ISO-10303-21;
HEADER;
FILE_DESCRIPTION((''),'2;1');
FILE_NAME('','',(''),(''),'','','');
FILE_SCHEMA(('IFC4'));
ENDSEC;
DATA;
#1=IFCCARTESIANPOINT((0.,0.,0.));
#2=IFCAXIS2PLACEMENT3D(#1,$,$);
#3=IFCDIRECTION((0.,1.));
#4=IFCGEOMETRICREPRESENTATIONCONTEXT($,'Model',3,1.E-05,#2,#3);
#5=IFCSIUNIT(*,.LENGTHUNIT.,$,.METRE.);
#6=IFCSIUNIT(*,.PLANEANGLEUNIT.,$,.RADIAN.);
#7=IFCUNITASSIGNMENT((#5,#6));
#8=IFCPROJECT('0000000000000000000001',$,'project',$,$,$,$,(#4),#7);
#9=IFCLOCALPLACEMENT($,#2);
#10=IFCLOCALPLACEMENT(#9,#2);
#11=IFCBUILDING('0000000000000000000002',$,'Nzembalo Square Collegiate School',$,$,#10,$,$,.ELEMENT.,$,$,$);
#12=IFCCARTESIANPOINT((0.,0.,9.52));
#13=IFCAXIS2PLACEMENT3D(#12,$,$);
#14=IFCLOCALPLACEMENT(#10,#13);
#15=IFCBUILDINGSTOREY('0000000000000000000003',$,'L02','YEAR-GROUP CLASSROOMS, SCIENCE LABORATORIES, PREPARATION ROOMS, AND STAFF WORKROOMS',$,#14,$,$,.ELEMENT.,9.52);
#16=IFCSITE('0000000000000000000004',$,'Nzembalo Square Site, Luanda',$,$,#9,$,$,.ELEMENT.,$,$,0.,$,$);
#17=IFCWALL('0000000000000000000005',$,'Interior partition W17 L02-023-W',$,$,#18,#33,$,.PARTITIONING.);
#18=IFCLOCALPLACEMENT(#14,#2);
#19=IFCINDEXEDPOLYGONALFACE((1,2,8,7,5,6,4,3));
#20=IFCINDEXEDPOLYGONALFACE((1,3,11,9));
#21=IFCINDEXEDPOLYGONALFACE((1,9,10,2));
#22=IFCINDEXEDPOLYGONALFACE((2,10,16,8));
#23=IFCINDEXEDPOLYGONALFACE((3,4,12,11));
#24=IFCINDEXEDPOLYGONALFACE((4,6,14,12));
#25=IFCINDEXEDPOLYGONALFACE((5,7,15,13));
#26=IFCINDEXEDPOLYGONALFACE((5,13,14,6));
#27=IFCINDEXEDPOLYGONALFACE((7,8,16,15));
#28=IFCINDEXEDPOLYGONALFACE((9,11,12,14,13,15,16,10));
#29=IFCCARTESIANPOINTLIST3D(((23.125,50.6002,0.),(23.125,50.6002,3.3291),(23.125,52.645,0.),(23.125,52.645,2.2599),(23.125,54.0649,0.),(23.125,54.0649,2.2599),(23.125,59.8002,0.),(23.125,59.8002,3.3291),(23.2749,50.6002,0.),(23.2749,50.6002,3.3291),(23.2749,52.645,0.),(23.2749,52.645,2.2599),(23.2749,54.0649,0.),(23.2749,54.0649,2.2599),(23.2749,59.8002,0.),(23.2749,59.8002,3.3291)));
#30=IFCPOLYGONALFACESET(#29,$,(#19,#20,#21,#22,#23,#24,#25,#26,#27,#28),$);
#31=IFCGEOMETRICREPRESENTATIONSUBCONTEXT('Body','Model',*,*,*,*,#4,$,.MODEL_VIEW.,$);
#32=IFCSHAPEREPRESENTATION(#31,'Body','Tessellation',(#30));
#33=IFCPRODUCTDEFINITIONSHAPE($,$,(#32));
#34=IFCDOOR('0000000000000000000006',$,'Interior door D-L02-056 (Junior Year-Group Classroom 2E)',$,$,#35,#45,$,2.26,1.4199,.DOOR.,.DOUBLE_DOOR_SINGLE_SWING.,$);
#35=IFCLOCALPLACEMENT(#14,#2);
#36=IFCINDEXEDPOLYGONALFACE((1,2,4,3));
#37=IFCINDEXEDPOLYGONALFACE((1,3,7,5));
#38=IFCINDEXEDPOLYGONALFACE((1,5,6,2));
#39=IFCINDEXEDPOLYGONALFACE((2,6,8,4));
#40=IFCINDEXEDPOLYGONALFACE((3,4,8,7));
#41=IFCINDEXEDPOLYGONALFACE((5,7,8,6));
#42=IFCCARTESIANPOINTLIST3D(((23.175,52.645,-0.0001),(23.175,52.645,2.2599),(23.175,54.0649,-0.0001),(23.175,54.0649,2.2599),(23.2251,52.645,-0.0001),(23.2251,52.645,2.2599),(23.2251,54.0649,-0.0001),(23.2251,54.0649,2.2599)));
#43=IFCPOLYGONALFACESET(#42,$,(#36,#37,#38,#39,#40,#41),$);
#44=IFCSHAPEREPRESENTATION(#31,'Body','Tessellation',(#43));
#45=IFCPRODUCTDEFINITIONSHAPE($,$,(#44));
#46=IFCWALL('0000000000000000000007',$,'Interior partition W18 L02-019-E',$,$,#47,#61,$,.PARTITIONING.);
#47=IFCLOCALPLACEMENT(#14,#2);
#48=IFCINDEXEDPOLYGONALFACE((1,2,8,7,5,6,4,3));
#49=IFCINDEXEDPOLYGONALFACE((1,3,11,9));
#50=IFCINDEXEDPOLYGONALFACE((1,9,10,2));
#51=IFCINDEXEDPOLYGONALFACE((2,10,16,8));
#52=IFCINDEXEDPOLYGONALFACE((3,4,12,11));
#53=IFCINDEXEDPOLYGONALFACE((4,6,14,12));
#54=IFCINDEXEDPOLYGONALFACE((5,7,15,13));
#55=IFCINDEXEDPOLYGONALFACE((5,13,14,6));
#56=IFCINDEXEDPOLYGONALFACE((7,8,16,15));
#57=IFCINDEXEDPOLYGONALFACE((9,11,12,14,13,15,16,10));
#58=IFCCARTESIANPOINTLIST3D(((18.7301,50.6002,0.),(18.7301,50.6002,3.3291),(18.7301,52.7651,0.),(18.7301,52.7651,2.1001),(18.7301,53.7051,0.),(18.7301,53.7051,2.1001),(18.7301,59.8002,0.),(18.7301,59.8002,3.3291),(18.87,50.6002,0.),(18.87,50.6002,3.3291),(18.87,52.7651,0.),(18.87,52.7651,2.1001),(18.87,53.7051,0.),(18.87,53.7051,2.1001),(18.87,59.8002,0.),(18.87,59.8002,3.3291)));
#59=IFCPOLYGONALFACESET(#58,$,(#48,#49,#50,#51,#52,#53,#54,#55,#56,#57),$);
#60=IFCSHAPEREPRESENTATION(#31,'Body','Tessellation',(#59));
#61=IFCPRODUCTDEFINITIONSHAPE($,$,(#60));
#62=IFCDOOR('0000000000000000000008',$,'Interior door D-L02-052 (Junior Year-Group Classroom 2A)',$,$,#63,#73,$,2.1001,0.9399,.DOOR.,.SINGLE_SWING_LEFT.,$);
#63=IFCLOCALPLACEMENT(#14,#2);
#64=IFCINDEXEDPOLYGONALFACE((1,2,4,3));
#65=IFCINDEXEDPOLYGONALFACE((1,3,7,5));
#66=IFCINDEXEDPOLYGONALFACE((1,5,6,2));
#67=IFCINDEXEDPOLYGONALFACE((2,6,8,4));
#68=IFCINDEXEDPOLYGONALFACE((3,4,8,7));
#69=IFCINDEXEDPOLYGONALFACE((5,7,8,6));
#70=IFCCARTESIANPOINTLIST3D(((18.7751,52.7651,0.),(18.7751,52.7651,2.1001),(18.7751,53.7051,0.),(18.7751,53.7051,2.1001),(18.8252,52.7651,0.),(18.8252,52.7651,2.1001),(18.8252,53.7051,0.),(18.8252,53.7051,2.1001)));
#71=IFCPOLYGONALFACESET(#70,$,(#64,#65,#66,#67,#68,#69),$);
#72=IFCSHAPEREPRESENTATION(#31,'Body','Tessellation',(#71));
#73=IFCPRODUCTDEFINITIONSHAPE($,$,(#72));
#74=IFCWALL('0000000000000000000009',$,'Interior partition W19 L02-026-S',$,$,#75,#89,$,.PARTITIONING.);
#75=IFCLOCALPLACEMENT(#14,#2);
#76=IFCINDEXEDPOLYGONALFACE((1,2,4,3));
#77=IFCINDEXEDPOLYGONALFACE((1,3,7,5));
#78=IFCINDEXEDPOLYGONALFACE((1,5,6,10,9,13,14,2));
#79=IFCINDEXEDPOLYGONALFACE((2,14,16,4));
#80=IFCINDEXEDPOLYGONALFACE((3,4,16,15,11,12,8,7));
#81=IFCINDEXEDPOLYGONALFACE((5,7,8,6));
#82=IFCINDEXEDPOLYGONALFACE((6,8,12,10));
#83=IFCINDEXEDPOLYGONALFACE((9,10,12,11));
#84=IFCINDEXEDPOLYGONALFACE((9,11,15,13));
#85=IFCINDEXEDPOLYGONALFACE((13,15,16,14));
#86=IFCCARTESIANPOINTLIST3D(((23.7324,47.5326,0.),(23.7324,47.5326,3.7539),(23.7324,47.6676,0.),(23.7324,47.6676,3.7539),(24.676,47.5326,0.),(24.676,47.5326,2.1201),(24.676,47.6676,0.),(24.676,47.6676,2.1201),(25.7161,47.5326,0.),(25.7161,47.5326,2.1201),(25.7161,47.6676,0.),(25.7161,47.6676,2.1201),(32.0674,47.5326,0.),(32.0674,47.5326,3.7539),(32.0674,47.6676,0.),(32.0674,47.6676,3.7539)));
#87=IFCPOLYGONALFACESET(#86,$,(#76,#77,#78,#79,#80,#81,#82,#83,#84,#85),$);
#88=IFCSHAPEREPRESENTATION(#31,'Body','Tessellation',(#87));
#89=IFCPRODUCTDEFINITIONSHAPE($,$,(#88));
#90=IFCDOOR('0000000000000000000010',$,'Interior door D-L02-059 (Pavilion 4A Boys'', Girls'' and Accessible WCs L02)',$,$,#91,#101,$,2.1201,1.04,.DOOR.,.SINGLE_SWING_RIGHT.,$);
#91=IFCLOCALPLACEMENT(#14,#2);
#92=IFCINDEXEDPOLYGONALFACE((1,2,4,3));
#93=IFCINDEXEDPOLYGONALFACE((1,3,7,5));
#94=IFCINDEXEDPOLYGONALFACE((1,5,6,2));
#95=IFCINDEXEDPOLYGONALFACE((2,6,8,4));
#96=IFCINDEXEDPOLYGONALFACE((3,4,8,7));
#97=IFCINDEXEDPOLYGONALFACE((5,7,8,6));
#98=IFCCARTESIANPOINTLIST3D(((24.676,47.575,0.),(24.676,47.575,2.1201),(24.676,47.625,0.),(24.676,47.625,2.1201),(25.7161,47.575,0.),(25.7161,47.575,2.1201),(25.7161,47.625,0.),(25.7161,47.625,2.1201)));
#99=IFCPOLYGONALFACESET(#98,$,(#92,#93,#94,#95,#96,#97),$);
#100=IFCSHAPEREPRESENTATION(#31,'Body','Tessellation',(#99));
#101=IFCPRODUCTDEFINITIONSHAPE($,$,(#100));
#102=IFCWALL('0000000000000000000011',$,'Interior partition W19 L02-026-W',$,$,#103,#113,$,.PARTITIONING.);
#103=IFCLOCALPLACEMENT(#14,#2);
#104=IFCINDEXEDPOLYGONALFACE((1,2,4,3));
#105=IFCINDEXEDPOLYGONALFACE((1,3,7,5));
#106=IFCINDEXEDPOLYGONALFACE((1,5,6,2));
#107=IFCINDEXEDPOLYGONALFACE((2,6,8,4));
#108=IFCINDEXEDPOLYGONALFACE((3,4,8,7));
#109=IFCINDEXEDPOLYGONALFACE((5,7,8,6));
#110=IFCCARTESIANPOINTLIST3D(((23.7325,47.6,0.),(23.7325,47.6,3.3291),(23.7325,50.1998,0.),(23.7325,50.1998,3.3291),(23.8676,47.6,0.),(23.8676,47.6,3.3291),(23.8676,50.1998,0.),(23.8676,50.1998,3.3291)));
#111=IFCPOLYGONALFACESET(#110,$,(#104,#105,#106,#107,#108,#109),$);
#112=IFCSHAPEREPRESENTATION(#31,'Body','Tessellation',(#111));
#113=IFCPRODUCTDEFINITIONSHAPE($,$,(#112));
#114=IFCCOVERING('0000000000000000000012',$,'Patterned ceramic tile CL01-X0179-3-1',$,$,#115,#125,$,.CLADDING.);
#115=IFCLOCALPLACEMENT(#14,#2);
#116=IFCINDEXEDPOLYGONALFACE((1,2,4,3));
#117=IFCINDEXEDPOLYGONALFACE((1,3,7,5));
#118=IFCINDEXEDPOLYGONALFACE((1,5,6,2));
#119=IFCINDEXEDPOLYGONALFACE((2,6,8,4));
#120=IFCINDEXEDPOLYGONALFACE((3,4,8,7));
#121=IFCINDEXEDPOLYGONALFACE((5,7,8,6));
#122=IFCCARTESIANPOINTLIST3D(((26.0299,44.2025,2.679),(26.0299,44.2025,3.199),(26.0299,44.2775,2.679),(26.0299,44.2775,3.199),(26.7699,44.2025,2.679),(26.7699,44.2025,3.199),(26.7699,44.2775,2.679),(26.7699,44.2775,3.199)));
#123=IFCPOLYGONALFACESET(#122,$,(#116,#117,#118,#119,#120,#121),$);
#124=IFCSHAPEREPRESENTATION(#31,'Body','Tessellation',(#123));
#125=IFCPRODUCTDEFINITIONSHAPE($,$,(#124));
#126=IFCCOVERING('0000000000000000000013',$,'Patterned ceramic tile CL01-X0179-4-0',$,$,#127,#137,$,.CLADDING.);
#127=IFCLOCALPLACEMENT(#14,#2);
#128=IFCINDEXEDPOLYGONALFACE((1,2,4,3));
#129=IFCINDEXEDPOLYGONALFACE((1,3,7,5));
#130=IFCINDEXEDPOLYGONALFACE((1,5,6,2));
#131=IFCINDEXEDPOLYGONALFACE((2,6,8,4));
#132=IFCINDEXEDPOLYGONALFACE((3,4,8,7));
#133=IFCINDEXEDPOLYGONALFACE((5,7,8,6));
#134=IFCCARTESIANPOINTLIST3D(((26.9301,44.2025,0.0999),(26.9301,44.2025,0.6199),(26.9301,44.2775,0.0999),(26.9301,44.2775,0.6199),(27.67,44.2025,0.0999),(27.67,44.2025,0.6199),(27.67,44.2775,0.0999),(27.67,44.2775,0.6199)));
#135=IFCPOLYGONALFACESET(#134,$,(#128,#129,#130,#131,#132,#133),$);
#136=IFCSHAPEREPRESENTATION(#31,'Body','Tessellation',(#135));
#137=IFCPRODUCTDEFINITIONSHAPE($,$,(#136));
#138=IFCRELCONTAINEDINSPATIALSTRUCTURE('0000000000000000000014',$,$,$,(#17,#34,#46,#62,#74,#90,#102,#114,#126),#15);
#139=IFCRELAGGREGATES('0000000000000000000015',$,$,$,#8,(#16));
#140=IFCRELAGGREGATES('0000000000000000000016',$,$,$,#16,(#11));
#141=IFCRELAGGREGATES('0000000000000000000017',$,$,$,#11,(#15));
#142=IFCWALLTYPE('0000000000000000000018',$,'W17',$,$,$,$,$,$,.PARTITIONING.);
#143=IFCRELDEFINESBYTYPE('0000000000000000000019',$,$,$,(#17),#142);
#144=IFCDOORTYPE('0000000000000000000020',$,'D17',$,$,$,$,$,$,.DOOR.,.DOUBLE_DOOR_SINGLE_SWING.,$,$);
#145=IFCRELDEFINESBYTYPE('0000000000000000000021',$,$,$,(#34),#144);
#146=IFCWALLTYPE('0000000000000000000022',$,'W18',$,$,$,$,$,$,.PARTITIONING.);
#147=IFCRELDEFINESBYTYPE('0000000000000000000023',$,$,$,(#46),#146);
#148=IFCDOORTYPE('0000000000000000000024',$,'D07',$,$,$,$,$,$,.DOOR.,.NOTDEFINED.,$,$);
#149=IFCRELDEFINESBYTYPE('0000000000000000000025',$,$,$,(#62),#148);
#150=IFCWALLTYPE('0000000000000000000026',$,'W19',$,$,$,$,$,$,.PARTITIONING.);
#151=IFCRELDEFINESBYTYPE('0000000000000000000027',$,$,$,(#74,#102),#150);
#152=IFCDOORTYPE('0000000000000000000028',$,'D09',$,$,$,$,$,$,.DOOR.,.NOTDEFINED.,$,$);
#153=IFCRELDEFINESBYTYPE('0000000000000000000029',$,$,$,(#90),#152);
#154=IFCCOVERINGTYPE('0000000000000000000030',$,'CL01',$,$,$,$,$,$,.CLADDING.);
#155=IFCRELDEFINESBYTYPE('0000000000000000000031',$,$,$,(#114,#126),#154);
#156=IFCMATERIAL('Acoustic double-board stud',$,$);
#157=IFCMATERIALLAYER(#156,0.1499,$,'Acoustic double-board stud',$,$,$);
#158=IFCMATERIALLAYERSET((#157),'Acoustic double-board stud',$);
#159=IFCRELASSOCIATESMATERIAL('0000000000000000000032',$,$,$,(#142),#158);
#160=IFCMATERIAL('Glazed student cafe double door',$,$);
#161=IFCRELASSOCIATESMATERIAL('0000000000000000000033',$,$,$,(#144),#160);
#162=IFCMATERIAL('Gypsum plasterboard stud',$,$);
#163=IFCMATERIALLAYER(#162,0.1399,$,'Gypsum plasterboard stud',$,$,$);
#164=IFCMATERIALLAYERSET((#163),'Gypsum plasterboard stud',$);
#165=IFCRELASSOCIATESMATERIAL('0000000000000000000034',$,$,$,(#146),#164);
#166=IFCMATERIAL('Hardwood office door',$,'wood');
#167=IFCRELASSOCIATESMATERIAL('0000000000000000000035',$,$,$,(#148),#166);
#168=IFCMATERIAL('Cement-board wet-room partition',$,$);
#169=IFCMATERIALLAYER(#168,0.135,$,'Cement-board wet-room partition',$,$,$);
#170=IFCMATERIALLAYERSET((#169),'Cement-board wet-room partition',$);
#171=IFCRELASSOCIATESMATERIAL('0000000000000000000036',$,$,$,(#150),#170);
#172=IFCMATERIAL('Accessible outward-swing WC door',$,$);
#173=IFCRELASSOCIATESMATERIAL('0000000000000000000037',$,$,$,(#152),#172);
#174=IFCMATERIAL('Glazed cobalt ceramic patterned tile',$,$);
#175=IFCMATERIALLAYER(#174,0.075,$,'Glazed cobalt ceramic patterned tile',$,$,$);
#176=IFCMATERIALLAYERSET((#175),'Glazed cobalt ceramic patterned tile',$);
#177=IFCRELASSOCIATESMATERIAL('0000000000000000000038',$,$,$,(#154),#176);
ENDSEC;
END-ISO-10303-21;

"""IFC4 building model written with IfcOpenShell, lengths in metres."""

from ifc_helpers import new_model, si_unit, direction, frame, frame_2d, origin, origin_2d, place, context, subcontext, project, spatial, rectangle, extrude, material, layer, layer_set, type_object, element, fill, save


model = new_model("IFC4")

# Units and contexts
model_context = context("Model", 3, precision=1e-05, world=origin(), true_north=direction((0.0, 1.0)))
body_context = subcontext(model_context, "Body", "Model", "MODEL_VIEW")
ifc_project = project(units=[si_unit("LENGTHUNIT", "METRE"), si_unit("PLANEANGLEUNIT", "RADIAN")], contexts=[model_context])

# Site, building, storey
site_placement = place(None, origin())
site = spatial("IfcSite", under=ifc_project, at=site_placement, Name="Nzembalo Square Site, Luanda", CompositionType="ELEMENT", RefElevation=0.0)
building_placement = place(site_placement, origin())
building = spatial("IfcBuilding", under=site, at=building_placement, Name="Nzembalo Square Collegiate School", CompositionType="ELEMENT")
storey_placement = place(building_placement, frame((0.0, 0.0, 9.52)))
storey = spatial("IfcBuildingStorey", under=building, at=storey_placement, Name="L02", Description="YEAR-GROUP CLASSROOMS, SCIENCE LABORATORIES, PREPARATION ROOMS, AND STAFF WORKROOMS", CompositionType="ELEMENT", Elevation=9.52)

# Shared definitions
ifc_material_1 = material(Name="Acoustic double-board stud")
ifc_layer_1 = layer(ifc_material_1, 0.1499, Name="Acoustic double-board stud")
ifc_layer_set_1 = layer_set([ifc_layer_1], Name="Acoustic double-board stud")
wall_type_1 = type_object("IfcWallType", Name="W17", PredefinedType="PARTITIONING", material=ifc_layer_set_1)

# Walls, openings, doors
wall_1_placement = place(storey_placement, frame((23.2, 50.6001, 0.0), z_axis=(0.0, 0.0, 1.0), x_axis=(0.0, 1.0, 0.0)))
wall_1 = element("IfcWall", 1, at=wall_1_placement, inside=storey, type_object=wall_type_1, Name="Interior partition W17 L02-023-W", PredefinedType="PARTITIONING", context=body_context, shape_type="SweptSolid", body=[
    extrude(rectangle(XDim=9.2, YDim=0.1499, at=frame_2d((4.6001, 0.0))), origin(), (0.0, 0.0, 1.0), 3.3291),
])
opening_1_placement = place(wall_1_placement, frame((2.0449, 0.0, 0.0)))
opening_1 = element("IfcOpeningElement", 2, at=opening_1_placement, cuts=wall_1, PredefinedType="OPENING", context=body_context, shape_type="SweptSolid", body=[
    extrude(rectangle(XDim=1.4199, YDim=2.26, at=frame_2d((0.71, 1.1299))), frame((0.0, 0.085, 0.0), z_axis=(0.0, -1.0, 0.0), x_axis=(1.0, 0.0, 0.0)), (0.0, 0.0, 1.0), 0.1699),
])
ifc_material_2 = material(Name="Glazed student cafe double door")
door_type_1 = type_object("IfcDoorType", Name="D17", OperationType="DOUBLE_DOOR_SINGLE_SWING", PredefinedType="DOOR", material=ifc_material_2)
door_1_placement = place(opening_1_placement, origin())
door_1 = element("IfcDoor", 3, at=door_1_placement, inside=storey, type_object=door_type_1, Name="Interior door D-L02-056 (Junior Year-Group Classroom 2E)", OperationType="DOUBLE_DOOR_SINGLE_SWING", OverallHeight=2.26, OverallWidth=1.4199, PredefinedType="DOOR", context=body_context, shape_type="SweptSolid", body=[
    extrude(rectangle(XDim=1.4199, YDim=2.26, at=frame_2d((0.71, 1.1299))), frame((0.0, 0.0249, 0.0), z_axis=(0.0, -1.0, 0.0), x_axis=(1.0, 0.0, 0.0)), (0.0, 0.0, 1.0), 0.05),
])
fill(opening_1, door_1)
ifc_material_3 = material(Name="Gypsum plasterboard stud")
ifc_layer_2 = layer(ifc_material_3, 0.1399, Name="Gypsum plasterboard stud")
ifc_layer_set_2 = layer_set([ifc_layer_2], Name="Gypsum plasterboard stud")
wall_type_2 = type_object("IfcWallType", Name="W18", PredefinedType="PARTITIONING", material=ifc_layer_set_2)
wall_2_placement = place(storey_placement, frame((18.8, 50.6001, 0.0), z_axis=(0.0, 0.0, 1.0), x_axis=(0.0, 1.0, 0.0)))
wall_2 = element("IfcWall", 4, at=wall_2_placement, inside=storey, type_object=wall_type_2, Name="Interior partition W18 L02-019-E", PredefinedType="PARTITIONING", context=body_context, shape_type="SweptSolid", body=[
    extrude(rectangle(XDim=9.2, YDim=0.1399, at=frame_2d((4.6001, 0.0))), origin(), (0.0, 0.0, 1.0), 3.3291),
])
opening_2_placement = place(wall_2_placement, frame((2.165, 0.0, 0.0)))
opening_2 = element("IfcOpeningElement", 5, at=opening_2_placement, cuts=wall_2, PredefinedType="OPENING", context=body_context, shape_type="SweptSolid", body=[
    extrude(rectangle(XDim=0.9399, YDim=2.1001, at=frame_2d((0.47, 1.05))), frame((0.0, 0.0801, 0.0), z_axis=(0.0, -1.0, 0.0), x_axis=(1.0, 0.0, 0.0)), (0.0, 0.0, 1.0), 0.1599),
])
ifc_material_4 = material(Name="Hardwood office door", Category="wood")
door_type_2 = type_object("IfcDoorType", Name="D07", OperationType="NOTDEFINED", PredefinedType="DOOR", material=ifc_material_4)
door_2_placement = place(opening_2_placement, origin())
door_2 = element("IfcDoor", 6, at=door_2_placement, inside=storey, type_object=door_type_2, Name="Interior door D-L02-052 (Junior Year-Group Classroom 2A)", OperationType="SINGLE_SWING_LEFT", OverallHeight=2.1001, OverallWidth=0.9399, PredefinedType="DOOR", context=body_context, shape_type="SweptSolid", body=[
    extrude(rectangle(XDim=0.9399, YDim=2.1001, at=frame_2d((0.47, 1.05))), frame((0.0, 0.0249, 0.0), z_axis=(0.0, -1.0, 0.0), x_axis=(1.0, 0.0, 0.0)), (0.0, 0.0, 1.0), 0.05),
])
fill(opening_2, door_2)
ifc_material_5 = material(Name="Cement-board wet-room partition")
ifc_layer_3 = layer(ifc_material_5, 0.135, Name="Cement-board wet-room partition")
ifc_layer_set_3 = layer_set([ifc_layer_3], Name="Cement-board wet-room partition")
wall_type_3 = type_object("IfcWallType", Name="W19", PredefinedType="PARTITIONING", material=ifc_layer_set_3)
wall_3_placement = place(storey_placement, frame((23.7324, 47.6001, 0.0), z_axis=(0.0, 0.0, 1.0), x_axis=(1.0, 0.0, 0.0)))
wall_3 = element("IfcWall", 7, at=wall_3_placement, inside=storey, type_object=wall_type_3, Name="Interior partition W19 L02-026-S", PredefinedType="PARTITIONING", context=body_context, shape_type="SweptSolid", body=[
    extrude(rectangle(XDim=8.335, YDim=0.135, at=frame_2d((4.1675, 0.0))), origin(), (0.0, 0.0, 1.0), 3.7539),
])
opening_3_placement = place(wall_3_placement, frame((0.9436, 0.0, 0.0)))
opening_3 = element("IfcOpeningElement", 8, at=opening_3_placement, cuts=wall_3, PredefinedType="OPENING", context=body_context, shape_type="SweptSolid", body=[
    extrude(rectangle(XDim=1.04, YDim=2.1201, at=frame_2d((0.52, 1.0601))), frame((0.0, 0.0776, 0.0), z_axis=(0.0, -1.0, 0.0), x_axis=(1.0, 0.0, 0.0)), (0.0, 0.0, 1.0), 0.155),
])
ifc_material_6 = material(Name="Accessible outward-swing WC door")
door_type_3 = type_object("IfcDoorType", Name="D09", OperationType="NOTDEFINED", PredefinedType="DOOR", material=ifc_material_6)
door_3_placement = place(opening_3_placement, origin())
door_3 = element("IfcDoor", 9, at=door_3_placement, inside=storey, type_object=door_type_3, Name="Interior door D-L02-059 (Pavilion 4A Boys', Girls' and Accessible WCs L02)", OperationType="SINGLE_SWING_RIGHT", OverallHeight=2.1201, OverallWidth=1.04, PredefinedType="DOOR", context=body_context, shape_type="SweptSolid", body=[
    extrude(rectangle(XDim=1.04, YDim=2.1201, at=frame_2d((0.52, 1.0601))), frame((0.0, 0.0249, 0.0), z_axis=(0.0, -1.0, 0.0), x_axis=(1.0, 0.0, 0.0)), (0.0, 0.0, 1.0), 0.05),
])
fill(opening_3, door_3)

# Wall
wall_4_placement = place(storey_placement, frame((23.8, 47.6001, 0.0), z_axis=(0.0, 0.0, 1.0), x_axis=(0.0, 1.0, 0.0)))
element("IfcWall", 10, at=wall_4_placement, inside=storey, type_object=wall_type_3, Name="Interior partition W19 L02-026-W", PredefinedType="PARTITIONING", context=body_context, shape_type="SweptSolid", body=[
    extrude(rectangle(XDim=2.5999, YDim=0.135, at=frame_2d((1.2998, 0.0))), origin(), (0.0, 0.0, 1.0), 3.3291),
])

# Coverings
ifc_material_7 = material(Name="Glazed cobalt ceramic patterned tile")
ifc_layer_4 = layer(ifc_material_7, 0.075, Name="Glazed cobalt ceramic patterned tile")
ifc_layer_set_4 = layer_set([ifc_layer_4], Name="Glazed cobalt ceramic patterned tile")
covering_type = type_object("IfcCoveringType", Name="CL01", PredefinedType="CLADDING", material=ifc_layer_set_4)
for number, where, z_axis, x_axis, name in (
    (11, (26.3999, 44.24, 2.679), (0.0, 0.0, 1.0), (1.0, 0.0, 0.0), "Patterned ceramic tile CL01-X0179-3-1"),
    (12, (27.3, 44.24, 0.0999), (0.0, 0.0, 1.0), (1.0, 0.0, 0.0), "Patterned ceramic tile CL01-X0179-4-0"),
):
    element("IfcCovering", number, at=place(storey_placement, frame(where, z_axis=z_axis, x_axis=x_axis)), inside=storey, type_object=covering_type, Name=name, PredefinedType="CLADDING", context=body_context, shape_type="SweptSolid", body=[
        extrude(rectangle(XDim=0.74, YDim=0.075, at=origin_2d()), origin(), (0.0, 0.0, 1.0), 0.52),
    ])

save(model, "model.ifc")
